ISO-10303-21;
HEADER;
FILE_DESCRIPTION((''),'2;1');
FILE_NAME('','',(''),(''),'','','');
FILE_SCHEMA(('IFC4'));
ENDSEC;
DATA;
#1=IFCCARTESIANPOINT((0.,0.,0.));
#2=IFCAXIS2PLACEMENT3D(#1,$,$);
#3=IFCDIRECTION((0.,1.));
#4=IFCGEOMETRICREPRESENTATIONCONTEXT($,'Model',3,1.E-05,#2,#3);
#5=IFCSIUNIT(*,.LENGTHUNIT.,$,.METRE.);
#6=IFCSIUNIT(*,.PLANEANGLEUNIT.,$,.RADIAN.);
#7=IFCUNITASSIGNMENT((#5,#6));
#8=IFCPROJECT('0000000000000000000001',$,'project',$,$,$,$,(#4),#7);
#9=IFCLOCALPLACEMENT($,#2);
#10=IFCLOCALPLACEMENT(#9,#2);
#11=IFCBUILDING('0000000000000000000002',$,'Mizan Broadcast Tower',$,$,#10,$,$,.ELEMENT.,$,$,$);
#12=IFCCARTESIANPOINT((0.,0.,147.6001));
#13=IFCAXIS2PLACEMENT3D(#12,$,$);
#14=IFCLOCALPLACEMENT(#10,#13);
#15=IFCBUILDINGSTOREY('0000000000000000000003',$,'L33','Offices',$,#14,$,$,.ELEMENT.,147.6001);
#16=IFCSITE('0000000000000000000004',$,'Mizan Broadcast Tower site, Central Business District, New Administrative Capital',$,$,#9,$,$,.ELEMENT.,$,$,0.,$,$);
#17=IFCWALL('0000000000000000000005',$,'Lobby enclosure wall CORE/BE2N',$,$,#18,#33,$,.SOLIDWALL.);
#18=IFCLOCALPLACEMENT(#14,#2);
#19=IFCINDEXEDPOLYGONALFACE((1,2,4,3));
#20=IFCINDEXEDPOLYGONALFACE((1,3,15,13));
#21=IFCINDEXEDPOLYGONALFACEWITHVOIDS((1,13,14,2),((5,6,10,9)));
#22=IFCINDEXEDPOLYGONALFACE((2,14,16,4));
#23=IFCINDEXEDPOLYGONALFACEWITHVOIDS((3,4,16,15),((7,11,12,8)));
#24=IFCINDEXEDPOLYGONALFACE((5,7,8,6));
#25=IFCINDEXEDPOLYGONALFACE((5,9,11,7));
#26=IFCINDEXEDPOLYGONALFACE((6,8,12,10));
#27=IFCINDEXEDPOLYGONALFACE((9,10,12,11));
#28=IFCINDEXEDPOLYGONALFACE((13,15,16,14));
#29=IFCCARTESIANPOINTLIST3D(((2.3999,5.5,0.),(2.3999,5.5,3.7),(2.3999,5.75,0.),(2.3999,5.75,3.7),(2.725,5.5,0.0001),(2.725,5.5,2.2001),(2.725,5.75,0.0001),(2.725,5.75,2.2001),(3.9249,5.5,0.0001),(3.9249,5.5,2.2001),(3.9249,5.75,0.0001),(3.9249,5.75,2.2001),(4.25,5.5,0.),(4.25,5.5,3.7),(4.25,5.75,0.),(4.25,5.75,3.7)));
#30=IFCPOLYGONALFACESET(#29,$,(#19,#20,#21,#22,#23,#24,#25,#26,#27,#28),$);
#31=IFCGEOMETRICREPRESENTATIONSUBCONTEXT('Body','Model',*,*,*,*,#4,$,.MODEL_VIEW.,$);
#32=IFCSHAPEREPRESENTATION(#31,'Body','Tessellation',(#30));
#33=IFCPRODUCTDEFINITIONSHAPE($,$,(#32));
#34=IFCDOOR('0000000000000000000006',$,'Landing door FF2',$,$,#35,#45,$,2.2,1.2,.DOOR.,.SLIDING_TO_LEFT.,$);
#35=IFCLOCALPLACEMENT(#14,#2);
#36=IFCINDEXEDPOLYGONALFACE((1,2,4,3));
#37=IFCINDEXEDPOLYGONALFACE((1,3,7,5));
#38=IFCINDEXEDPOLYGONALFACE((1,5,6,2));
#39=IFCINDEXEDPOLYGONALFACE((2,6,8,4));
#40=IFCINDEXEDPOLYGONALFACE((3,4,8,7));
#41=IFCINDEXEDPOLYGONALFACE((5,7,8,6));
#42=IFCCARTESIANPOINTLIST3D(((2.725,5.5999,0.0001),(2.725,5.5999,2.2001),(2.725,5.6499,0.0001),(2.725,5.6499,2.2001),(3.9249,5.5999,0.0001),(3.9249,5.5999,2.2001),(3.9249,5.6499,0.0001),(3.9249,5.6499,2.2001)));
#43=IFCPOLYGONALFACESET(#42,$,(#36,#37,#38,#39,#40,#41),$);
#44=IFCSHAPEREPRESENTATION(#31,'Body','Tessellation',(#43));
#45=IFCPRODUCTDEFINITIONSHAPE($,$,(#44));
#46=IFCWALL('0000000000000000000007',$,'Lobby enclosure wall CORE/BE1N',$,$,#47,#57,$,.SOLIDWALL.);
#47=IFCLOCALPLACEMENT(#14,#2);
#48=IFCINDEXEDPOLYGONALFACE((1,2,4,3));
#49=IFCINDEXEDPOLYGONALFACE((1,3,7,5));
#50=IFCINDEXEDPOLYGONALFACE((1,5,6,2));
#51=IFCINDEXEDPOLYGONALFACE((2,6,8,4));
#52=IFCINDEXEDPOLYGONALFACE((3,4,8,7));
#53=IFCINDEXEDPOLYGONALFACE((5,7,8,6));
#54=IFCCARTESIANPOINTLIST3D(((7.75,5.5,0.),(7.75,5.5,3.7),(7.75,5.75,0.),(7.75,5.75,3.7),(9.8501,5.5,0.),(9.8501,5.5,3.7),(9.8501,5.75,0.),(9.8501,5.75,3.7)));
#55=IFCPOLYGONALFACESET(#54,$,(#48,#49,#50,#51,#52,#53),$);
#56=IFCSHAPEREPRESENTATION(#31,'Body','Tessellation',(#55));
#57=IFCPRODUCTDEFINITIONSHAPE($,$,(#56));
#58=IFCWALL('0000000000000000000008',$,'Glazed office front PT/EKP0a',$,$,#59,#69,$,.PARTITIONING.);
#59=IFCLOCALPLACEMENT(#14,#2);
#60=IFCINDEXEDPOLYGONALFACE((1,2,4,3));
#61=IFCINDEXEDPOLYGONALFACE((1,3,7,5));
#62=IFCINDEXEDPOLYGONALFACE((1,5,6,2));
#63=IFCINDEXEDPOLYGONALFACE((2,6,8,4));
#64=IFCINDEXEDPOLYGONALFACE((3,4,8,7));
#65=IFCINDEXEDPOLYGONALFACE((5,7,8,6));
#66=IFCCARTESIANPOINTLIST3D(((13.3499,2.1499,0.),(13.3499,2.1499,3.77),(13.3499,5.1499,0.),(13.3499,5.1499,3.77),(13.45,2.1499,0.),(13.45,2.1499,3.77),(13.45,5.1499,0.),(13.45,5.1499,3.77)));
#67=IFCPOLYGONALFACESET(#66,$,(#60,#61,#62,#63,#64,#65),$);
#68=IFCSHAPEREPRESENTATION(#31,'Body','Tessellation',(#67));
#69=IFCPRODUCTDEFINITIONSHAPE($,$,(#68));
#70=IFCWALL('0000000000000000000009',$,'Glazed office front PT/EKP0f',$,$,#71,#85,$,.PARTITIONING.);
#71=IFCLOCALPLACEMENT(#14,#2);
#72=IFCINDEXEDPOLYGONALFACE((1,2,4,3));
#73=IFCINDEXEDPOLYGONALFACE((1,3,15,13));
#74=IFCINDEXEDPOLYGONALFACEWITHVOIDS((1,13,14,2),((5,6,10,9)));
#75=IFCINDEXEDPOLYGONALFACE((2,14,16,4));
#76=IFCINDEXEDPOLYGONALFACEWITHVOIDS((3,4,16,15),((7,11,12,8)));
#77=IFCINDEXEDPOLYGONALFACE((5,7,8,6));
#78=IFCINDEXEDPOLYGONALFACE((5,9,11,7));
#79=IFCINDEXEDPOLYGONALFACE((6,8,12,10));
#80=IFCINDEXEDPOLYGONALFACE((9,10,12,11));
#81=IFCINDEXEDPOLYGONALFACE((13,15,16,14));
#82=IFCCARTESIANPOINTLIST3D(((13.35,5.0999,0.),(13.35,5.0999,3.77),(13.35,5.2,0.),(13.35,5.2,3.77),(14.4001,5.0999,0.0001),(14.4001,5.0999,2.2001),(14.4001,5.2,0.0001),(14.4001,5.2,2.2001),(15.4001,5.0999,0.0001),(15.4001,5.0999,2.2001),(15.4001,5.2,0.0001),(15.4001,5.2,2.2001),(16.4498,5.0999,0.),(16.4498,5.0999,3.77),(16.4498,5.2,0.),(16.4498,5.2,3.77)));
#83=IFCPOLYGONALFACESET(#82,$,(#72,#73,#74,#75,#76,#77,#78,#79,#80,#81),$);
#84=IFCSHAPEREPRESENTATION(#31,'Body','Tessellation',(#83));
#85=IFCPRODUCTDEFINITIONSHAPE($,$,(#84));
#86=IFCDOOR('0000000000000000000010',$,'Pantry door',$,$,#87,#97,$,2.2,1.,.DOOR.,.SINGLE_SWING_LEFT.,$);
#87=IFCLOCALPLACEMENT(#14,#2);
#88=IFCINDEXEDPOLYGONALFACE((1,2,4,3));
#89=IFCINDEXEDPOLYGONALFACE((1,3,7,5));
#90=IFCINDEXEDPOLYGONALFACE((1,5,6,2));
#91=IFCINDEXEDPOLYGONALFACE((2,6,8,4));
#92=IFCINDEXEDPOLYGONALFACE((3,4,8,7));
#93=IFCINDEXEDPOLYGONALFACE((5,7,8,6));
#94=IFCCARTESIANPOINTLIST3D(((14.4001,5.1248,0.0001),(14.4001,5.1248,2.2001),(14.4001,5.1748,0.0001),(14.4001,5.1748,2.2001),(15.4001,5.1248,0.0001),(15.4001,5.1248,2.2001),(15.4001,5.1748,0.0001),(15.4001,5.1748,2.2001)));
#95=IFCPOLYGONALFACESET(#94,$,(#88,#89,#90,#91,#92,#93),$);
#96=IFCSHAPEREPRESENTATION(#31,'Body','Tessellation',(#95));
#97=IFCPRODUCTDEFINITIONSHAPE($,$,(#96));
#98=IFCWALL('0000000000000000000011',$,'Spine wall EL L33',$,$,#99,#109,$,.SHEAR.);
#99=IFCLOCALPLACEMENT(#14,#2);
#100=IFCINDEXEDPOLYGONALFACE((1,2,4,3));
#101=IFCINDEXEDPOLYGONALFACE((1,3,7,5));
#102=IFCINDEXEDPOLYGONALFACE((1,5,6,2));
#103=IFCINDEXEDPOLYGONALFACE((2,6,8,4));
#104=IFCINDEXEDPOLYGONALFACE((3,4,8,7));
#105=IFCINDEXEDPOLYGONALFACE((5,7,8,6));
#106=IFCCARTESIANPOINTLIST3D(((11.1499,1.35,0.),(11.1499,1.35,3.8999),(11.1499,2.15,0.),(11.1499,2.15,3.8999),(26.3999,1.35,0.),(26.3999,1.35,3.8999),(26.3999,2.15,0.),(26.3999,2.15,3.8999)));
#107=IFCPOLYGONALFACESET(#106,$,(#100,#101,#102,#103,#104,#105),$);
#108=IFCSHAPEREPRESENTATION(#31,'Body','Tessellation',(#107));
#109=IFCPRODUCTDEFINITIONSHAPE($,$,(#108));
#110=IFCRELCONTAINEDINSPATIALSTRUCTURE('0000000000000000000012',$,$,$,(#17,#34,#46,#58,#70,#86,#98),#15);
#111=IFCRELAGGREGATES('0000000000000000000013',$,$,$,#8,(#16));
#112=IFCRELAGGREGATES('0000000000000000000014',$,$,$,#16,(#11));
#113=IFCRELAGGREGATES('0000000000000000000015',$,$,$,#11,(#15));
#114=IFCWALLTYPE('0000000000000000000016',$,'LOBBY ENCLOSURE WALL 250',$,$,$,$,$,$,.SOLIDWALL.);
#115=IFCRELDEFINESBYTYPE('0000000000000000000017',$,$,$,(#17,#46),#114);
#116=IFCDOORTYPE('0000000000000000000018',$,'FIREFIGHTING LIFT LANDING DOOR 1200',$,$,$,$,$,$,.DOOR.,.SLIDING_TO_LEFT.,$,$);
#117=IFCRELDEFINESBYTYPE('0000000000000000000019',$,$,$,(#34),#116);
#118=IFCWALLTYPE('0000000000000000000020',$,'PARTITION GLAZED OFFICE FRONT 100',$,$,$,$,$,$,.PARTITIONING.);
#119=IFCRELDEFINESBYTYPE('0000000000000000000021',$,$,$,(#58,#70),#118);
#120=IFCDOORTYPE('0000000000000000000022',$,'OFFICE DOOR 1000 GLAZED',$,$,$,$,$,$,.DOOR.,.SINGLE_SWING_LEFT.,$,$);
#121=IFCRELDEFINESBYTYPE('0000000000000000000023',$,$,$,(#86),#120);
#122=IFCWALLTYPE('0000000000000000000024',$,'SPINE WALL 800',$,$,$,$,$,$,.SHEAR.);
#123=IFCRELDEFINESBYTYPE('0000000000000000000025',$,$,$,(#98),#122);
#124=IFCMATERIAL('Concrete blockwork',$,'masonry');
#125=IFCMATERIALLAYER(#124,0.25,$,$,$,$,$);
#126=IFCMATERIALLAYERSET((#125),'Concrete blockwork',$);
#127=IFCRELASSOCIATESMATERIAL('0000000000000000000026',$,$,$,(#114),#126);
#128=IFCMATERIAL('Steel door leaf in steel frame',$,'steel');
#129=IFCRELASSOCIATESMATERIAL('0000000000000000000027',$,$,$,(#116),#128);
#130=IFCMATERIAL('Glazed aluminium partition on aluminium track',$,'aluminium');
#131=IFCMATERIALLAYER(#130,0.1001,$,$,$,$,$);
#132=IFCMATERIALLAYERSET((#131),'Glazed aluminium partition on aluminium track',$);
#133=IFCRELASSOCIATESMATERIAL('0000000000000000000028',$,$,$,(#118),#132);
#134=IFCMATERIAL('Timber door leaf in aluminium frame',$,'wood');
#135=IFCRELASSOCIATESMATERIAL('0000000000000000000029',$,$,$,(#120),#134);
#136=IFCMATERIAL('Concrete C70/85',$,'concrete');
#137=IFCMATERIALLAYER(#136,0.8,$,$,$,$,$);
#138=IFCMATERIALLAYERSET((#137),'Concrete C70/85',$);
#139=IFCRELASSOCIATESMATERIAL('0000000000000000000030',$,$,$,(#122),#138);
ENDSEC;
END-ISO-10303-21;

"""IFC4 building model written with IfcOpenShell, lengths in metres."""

from ifc_helpers import new_model, si_unit, direction, frame, frame_2d, origin, place, context, subcontext, project, spatial, rectangle, extrude, material, layer, layer_set, type_object, element, fill, save


model = new_model("IFC4")

# Units and contexts
model_context = context("Model", 3, precision=1e-05, world=origin(), true_north=direction((0.0, 1.0)))
body_context = subcontext(model_context, "Body", "Model", "MODEL_VIEW")
ifc_project = project(units=[si_unit("LENGTHUNIT", "METRE"), si_unit("PLANEANGLEUNIT", "RADIAN")], contexts=[model_context])

# Site, building, storey
site_placement = place(None, origin())
site = spatial("IfcSite", under=ifc_project, at=site_placement, Name="Mizan Broadcast Tower site, Central Business District, New Administrative Capital", CompositionType="ELEMENT", RefElevation=0.0)
building_placement = place(site_placement, origin())
building = spatial("IfcBuilding", under=site, at=building_placement, Name="Mizan Broadcast Tower", CompositionType="ELEMENT")
storey_placement = place(building_placement, frame((0.0, 0.0, 147.6001)))
storey = spatial("IfcBuildingStorey", under=building, at=storey_placement, Name="L33", Description="Offices", CompositionType="ELEMENT", Elevation=147.6001)

# Wall, opening, door
ifc_material_1 = material(Name="Concrete blockwork", Category="masonry")
ifc_layer_1 = layer(ifc_material_1, 0.25)
ifc_layer_set_1 = layer_set([ifc_layer_1], Name="Concrete blockwork")
wall_type_1 = type_object("IfcWallType", Name="LOBBY ENCLOSURE WALL 250", PredefinedType="SOLIDWALL", material=ifc_layer_set_1)
wall_1_placement = place(storey_placement, frame((2.3999, 5.625, 0.0), z_axis=(0.0, 0.0, 1.0), x_axis=(1.0, 0.0, 0.0)))
wall_1 = element("IfcWall", 1, at=wall_1_placement, inside=storey, type_object=wall_type_1, Name="Lobby enclosure wall CORE/BE2N", PredefinedType="SOLIDWALL", context=body_context, shape_type="SweptSolid", body=[
    extrude(rectangle(XDim=1.8501, YDim=0.25, at=frame_2d((0.925, 0.0))), origin(), (0.0, 0.0, 1.0), 3.7),
])
opening_1_placement = place(wall_1_placement, frame((0.325, 0.0, 0.0)))
opening_1 = element("IfcOpeningElement", 2, at=opening_1_placement, cuts=wall_1, PredefinedType="OPENING", context=body_context, shape_type="SweptSolid", body=[
    extrude(rectangle(XDim=1.2, YDim=2.2, at=frame_2d((0.6001, 1.1001))), frame((0.0, 0.135, 0.0), z_axis=(0.0, -1.0, 0.0), x_axis=(1.0, 0.0, 0.0)), (0.0, 0.0, 1.0), 0.27),
])
ifc_material_2 = material(Name="Steel door leaf in steel frame", Category="steel")
door_type_1 = type_object("IfcDoorType", Name="FIREFIGHTING LIFT LANDING DOOR 1200", OperationType="SLIDING_TO_LEFT", PredefinedType="DOOR", material=ifc_material_2)
door_1_placement = place(opening_1_placement, origin())
door_1 = element("IfcDoor", 3, at=door_1_placement, inside=storey, type_object=door_type_1, Name="Landing door FF2", OperationType="SLIDING_TO_LEFT", OverallHeight=2.2, OverallWidth=1.2, PredefinedType="DOOR", context=body_context, shape_type="SweptSolid", body=[
    extrude(rectangle(XDim=1.2, YDim=2.2, at=frame_2d((0.6001, 1.1001))), frame((0.0, 0.0249, 0.0), z_axis=(0.0, -1.0, 0.0), x_axis=(1.0, 0.0, 0.0)), (0.0, 0.0, 1.0), 0.05),
])
fill(opening_1, door_1)

# Walls
wall_2_placement = place(storey_placement, frame((7.75, 5.625, 0.0), z_axis=(0.0, 0.0, 1.0), x_axis=(1.0, 0.0, 0.0)))
element("IfcWall", 4, at=wall_2_placement, inside=storey, type_object=wall_type_1, Name="Lobby enclosure wall CORE/BE1N", PredefinedType="SOLIDWALL", context=body_context, shape_type="SweptSolid", body=[
    extrude(rectangle(XDim=2.1001, YDim=0.25, at=frame_2d((1.05, 0.0))), origin(), (0.0, 0.0, 1.0), 3.7),
])
ifc_material_3 = material(Name="Glazed aluminium partition on aluminium track", Category="aluminium")
ifc_layer_2 = layer(ifc_material_3, 0.1001)
ifc_layer_set_2 = layer_set([ifc_layer_2], Name="Glazed aluminium partition on aluminium track")
wall_type_2 = type_object("IfcWallType", Name="PARTITION GLAZED OFFICE FRONT 100", PredefinedType="PARTITIONING", material=ifc_layer_set_2)
wall_3_placement = place(storey_placement, frame((13.3999, 2.1499, 0.0), z_axis=(0.0, 0.0, 1.0), x_axis=(0.0, 1.0, 0.0)))
element("IfcWall", 5, at=wall_3_placement, inside=storey, type_object=wall_type_2, Name="Glazed office front PT/EKP0a", PredefinedType="PARTITIONING", context=body_context, shape_type="SweptSolid", body=[
    extrude(rectangle(XDim=3.0, YDim=0.1001, at=frame_2d((1.5, 0.0))), origin(), (0.0, 0.0, 1.0), 3.77),
])

# Wall, opening, door
wall_4_placement = place(storey_placement, frame((13.3501, 5.1499, 0.0), z_axis=(0.0, 0.0, 1.0), x_axis=(1.0, 0.0, 0.0)))
wall_4 = element("IfcWall", 6, at=wall_4_placement, inside=storey, type_object=wall_type_2, Name="Glazed office front PT/EKP0f", PredefinedType="PARTITIONING", context=body_context, shape_type="SweptSolid", body=[
    extrude(rectangle(XDim=3.0999, YDim=0.1001, at=frame_2d((1.5498, 0.0))), origin(), (0.0, 0.0, 1.0), 3.77),
])
opening_2_placement = place(wall_4_placement, frame((1.05, 0.0, 0.0)))
opening_2 = element("IfcOpeningElement", 7, at=opening_2_placement, cuts=wall_4, PredefinedType="OPENING", context=body_context, shape_type="SweptSolid", body=[
    extrude(rectangle(XDim=1.0, YDim=2.2, at=frame_2d((0.5, 1.1001))), frame((0.0, 0.0601, 0.0), z_axis=(0.0, -1.0, 0.0), x_axis=(1.0, 0.0, 0.0)), (0.0, 0.0, 1.0), 0.1201),
])
ifc_material_4 = material(Name="Timber door leaf in aluminium frame", Category="wood")
door_type_2 = type_object("IfcDoorType", Name="OFFICE DOOR 1000 GLAZED", OperationType="SINGLE_SWING_LEFT", PredefinedType="DOOR", material=ifc_material_4)
door_2_placement = place(opening_2_placement, origin())
door_2 = element("IfcDoor", 8, at=door_2_placement, inside=storey, type_object=door_type_2, Name="Pantry door", OperationType="SINGLE_SWING_LEFT", OverallHeight=2.2, OverallWidth=1.0, PredefinedType="DOOR", context=body_context, shape_type="SweptSolid", body=[
    extrude(rectangle(XDim=1.0, YDim=2.2, at=frame_2d((0.5, 1.1001))), frame((0.0, 0.0249, 0.0), z_axis=(0.0, -1.0, 0.0), x_axis=(1.0, 0.0, 0.0)), (0.0, 0.0, 1.0), 0.05),
])
fill(opening_2, door_2)

# Wall
ifc_material_5 = material(Name="Concrete C70/85", Category="concrete")
ifc_layer_3 = layer(ifc_material_5, 0.8)
ifc_layer_set_3 = layer_set([ifc_layer_3], Name="Concrete C70/85")
wall_type_3 = type_object("IfcWallType", Name="SPINE WALL 800", PredefinedType="SHEAR", material=ifc_layer_set_3)
wall_5_placement = place(storey_placement, frame((11.1499, 1.75, 0.0), z_axis=(0.0, 0.0, 1.0), x_axis=(1.0, 0.0, 0.0)))
element("IfcWall", 9, at=wall_5_placement, inside=storey, type_object=wall_type_3, Name="Spine wall EL L33", PredefinedType="SHEAR", context=body_context, shape_type="SweptSolid", body=[
    extrude(rectangle(XDim=15.25, YDim=0.8, at=frame_2d((7.625, 0.0))), origin(), (0.0, 0.0, 1.0), 3.8999),
])

save(model, "model.ifc")
